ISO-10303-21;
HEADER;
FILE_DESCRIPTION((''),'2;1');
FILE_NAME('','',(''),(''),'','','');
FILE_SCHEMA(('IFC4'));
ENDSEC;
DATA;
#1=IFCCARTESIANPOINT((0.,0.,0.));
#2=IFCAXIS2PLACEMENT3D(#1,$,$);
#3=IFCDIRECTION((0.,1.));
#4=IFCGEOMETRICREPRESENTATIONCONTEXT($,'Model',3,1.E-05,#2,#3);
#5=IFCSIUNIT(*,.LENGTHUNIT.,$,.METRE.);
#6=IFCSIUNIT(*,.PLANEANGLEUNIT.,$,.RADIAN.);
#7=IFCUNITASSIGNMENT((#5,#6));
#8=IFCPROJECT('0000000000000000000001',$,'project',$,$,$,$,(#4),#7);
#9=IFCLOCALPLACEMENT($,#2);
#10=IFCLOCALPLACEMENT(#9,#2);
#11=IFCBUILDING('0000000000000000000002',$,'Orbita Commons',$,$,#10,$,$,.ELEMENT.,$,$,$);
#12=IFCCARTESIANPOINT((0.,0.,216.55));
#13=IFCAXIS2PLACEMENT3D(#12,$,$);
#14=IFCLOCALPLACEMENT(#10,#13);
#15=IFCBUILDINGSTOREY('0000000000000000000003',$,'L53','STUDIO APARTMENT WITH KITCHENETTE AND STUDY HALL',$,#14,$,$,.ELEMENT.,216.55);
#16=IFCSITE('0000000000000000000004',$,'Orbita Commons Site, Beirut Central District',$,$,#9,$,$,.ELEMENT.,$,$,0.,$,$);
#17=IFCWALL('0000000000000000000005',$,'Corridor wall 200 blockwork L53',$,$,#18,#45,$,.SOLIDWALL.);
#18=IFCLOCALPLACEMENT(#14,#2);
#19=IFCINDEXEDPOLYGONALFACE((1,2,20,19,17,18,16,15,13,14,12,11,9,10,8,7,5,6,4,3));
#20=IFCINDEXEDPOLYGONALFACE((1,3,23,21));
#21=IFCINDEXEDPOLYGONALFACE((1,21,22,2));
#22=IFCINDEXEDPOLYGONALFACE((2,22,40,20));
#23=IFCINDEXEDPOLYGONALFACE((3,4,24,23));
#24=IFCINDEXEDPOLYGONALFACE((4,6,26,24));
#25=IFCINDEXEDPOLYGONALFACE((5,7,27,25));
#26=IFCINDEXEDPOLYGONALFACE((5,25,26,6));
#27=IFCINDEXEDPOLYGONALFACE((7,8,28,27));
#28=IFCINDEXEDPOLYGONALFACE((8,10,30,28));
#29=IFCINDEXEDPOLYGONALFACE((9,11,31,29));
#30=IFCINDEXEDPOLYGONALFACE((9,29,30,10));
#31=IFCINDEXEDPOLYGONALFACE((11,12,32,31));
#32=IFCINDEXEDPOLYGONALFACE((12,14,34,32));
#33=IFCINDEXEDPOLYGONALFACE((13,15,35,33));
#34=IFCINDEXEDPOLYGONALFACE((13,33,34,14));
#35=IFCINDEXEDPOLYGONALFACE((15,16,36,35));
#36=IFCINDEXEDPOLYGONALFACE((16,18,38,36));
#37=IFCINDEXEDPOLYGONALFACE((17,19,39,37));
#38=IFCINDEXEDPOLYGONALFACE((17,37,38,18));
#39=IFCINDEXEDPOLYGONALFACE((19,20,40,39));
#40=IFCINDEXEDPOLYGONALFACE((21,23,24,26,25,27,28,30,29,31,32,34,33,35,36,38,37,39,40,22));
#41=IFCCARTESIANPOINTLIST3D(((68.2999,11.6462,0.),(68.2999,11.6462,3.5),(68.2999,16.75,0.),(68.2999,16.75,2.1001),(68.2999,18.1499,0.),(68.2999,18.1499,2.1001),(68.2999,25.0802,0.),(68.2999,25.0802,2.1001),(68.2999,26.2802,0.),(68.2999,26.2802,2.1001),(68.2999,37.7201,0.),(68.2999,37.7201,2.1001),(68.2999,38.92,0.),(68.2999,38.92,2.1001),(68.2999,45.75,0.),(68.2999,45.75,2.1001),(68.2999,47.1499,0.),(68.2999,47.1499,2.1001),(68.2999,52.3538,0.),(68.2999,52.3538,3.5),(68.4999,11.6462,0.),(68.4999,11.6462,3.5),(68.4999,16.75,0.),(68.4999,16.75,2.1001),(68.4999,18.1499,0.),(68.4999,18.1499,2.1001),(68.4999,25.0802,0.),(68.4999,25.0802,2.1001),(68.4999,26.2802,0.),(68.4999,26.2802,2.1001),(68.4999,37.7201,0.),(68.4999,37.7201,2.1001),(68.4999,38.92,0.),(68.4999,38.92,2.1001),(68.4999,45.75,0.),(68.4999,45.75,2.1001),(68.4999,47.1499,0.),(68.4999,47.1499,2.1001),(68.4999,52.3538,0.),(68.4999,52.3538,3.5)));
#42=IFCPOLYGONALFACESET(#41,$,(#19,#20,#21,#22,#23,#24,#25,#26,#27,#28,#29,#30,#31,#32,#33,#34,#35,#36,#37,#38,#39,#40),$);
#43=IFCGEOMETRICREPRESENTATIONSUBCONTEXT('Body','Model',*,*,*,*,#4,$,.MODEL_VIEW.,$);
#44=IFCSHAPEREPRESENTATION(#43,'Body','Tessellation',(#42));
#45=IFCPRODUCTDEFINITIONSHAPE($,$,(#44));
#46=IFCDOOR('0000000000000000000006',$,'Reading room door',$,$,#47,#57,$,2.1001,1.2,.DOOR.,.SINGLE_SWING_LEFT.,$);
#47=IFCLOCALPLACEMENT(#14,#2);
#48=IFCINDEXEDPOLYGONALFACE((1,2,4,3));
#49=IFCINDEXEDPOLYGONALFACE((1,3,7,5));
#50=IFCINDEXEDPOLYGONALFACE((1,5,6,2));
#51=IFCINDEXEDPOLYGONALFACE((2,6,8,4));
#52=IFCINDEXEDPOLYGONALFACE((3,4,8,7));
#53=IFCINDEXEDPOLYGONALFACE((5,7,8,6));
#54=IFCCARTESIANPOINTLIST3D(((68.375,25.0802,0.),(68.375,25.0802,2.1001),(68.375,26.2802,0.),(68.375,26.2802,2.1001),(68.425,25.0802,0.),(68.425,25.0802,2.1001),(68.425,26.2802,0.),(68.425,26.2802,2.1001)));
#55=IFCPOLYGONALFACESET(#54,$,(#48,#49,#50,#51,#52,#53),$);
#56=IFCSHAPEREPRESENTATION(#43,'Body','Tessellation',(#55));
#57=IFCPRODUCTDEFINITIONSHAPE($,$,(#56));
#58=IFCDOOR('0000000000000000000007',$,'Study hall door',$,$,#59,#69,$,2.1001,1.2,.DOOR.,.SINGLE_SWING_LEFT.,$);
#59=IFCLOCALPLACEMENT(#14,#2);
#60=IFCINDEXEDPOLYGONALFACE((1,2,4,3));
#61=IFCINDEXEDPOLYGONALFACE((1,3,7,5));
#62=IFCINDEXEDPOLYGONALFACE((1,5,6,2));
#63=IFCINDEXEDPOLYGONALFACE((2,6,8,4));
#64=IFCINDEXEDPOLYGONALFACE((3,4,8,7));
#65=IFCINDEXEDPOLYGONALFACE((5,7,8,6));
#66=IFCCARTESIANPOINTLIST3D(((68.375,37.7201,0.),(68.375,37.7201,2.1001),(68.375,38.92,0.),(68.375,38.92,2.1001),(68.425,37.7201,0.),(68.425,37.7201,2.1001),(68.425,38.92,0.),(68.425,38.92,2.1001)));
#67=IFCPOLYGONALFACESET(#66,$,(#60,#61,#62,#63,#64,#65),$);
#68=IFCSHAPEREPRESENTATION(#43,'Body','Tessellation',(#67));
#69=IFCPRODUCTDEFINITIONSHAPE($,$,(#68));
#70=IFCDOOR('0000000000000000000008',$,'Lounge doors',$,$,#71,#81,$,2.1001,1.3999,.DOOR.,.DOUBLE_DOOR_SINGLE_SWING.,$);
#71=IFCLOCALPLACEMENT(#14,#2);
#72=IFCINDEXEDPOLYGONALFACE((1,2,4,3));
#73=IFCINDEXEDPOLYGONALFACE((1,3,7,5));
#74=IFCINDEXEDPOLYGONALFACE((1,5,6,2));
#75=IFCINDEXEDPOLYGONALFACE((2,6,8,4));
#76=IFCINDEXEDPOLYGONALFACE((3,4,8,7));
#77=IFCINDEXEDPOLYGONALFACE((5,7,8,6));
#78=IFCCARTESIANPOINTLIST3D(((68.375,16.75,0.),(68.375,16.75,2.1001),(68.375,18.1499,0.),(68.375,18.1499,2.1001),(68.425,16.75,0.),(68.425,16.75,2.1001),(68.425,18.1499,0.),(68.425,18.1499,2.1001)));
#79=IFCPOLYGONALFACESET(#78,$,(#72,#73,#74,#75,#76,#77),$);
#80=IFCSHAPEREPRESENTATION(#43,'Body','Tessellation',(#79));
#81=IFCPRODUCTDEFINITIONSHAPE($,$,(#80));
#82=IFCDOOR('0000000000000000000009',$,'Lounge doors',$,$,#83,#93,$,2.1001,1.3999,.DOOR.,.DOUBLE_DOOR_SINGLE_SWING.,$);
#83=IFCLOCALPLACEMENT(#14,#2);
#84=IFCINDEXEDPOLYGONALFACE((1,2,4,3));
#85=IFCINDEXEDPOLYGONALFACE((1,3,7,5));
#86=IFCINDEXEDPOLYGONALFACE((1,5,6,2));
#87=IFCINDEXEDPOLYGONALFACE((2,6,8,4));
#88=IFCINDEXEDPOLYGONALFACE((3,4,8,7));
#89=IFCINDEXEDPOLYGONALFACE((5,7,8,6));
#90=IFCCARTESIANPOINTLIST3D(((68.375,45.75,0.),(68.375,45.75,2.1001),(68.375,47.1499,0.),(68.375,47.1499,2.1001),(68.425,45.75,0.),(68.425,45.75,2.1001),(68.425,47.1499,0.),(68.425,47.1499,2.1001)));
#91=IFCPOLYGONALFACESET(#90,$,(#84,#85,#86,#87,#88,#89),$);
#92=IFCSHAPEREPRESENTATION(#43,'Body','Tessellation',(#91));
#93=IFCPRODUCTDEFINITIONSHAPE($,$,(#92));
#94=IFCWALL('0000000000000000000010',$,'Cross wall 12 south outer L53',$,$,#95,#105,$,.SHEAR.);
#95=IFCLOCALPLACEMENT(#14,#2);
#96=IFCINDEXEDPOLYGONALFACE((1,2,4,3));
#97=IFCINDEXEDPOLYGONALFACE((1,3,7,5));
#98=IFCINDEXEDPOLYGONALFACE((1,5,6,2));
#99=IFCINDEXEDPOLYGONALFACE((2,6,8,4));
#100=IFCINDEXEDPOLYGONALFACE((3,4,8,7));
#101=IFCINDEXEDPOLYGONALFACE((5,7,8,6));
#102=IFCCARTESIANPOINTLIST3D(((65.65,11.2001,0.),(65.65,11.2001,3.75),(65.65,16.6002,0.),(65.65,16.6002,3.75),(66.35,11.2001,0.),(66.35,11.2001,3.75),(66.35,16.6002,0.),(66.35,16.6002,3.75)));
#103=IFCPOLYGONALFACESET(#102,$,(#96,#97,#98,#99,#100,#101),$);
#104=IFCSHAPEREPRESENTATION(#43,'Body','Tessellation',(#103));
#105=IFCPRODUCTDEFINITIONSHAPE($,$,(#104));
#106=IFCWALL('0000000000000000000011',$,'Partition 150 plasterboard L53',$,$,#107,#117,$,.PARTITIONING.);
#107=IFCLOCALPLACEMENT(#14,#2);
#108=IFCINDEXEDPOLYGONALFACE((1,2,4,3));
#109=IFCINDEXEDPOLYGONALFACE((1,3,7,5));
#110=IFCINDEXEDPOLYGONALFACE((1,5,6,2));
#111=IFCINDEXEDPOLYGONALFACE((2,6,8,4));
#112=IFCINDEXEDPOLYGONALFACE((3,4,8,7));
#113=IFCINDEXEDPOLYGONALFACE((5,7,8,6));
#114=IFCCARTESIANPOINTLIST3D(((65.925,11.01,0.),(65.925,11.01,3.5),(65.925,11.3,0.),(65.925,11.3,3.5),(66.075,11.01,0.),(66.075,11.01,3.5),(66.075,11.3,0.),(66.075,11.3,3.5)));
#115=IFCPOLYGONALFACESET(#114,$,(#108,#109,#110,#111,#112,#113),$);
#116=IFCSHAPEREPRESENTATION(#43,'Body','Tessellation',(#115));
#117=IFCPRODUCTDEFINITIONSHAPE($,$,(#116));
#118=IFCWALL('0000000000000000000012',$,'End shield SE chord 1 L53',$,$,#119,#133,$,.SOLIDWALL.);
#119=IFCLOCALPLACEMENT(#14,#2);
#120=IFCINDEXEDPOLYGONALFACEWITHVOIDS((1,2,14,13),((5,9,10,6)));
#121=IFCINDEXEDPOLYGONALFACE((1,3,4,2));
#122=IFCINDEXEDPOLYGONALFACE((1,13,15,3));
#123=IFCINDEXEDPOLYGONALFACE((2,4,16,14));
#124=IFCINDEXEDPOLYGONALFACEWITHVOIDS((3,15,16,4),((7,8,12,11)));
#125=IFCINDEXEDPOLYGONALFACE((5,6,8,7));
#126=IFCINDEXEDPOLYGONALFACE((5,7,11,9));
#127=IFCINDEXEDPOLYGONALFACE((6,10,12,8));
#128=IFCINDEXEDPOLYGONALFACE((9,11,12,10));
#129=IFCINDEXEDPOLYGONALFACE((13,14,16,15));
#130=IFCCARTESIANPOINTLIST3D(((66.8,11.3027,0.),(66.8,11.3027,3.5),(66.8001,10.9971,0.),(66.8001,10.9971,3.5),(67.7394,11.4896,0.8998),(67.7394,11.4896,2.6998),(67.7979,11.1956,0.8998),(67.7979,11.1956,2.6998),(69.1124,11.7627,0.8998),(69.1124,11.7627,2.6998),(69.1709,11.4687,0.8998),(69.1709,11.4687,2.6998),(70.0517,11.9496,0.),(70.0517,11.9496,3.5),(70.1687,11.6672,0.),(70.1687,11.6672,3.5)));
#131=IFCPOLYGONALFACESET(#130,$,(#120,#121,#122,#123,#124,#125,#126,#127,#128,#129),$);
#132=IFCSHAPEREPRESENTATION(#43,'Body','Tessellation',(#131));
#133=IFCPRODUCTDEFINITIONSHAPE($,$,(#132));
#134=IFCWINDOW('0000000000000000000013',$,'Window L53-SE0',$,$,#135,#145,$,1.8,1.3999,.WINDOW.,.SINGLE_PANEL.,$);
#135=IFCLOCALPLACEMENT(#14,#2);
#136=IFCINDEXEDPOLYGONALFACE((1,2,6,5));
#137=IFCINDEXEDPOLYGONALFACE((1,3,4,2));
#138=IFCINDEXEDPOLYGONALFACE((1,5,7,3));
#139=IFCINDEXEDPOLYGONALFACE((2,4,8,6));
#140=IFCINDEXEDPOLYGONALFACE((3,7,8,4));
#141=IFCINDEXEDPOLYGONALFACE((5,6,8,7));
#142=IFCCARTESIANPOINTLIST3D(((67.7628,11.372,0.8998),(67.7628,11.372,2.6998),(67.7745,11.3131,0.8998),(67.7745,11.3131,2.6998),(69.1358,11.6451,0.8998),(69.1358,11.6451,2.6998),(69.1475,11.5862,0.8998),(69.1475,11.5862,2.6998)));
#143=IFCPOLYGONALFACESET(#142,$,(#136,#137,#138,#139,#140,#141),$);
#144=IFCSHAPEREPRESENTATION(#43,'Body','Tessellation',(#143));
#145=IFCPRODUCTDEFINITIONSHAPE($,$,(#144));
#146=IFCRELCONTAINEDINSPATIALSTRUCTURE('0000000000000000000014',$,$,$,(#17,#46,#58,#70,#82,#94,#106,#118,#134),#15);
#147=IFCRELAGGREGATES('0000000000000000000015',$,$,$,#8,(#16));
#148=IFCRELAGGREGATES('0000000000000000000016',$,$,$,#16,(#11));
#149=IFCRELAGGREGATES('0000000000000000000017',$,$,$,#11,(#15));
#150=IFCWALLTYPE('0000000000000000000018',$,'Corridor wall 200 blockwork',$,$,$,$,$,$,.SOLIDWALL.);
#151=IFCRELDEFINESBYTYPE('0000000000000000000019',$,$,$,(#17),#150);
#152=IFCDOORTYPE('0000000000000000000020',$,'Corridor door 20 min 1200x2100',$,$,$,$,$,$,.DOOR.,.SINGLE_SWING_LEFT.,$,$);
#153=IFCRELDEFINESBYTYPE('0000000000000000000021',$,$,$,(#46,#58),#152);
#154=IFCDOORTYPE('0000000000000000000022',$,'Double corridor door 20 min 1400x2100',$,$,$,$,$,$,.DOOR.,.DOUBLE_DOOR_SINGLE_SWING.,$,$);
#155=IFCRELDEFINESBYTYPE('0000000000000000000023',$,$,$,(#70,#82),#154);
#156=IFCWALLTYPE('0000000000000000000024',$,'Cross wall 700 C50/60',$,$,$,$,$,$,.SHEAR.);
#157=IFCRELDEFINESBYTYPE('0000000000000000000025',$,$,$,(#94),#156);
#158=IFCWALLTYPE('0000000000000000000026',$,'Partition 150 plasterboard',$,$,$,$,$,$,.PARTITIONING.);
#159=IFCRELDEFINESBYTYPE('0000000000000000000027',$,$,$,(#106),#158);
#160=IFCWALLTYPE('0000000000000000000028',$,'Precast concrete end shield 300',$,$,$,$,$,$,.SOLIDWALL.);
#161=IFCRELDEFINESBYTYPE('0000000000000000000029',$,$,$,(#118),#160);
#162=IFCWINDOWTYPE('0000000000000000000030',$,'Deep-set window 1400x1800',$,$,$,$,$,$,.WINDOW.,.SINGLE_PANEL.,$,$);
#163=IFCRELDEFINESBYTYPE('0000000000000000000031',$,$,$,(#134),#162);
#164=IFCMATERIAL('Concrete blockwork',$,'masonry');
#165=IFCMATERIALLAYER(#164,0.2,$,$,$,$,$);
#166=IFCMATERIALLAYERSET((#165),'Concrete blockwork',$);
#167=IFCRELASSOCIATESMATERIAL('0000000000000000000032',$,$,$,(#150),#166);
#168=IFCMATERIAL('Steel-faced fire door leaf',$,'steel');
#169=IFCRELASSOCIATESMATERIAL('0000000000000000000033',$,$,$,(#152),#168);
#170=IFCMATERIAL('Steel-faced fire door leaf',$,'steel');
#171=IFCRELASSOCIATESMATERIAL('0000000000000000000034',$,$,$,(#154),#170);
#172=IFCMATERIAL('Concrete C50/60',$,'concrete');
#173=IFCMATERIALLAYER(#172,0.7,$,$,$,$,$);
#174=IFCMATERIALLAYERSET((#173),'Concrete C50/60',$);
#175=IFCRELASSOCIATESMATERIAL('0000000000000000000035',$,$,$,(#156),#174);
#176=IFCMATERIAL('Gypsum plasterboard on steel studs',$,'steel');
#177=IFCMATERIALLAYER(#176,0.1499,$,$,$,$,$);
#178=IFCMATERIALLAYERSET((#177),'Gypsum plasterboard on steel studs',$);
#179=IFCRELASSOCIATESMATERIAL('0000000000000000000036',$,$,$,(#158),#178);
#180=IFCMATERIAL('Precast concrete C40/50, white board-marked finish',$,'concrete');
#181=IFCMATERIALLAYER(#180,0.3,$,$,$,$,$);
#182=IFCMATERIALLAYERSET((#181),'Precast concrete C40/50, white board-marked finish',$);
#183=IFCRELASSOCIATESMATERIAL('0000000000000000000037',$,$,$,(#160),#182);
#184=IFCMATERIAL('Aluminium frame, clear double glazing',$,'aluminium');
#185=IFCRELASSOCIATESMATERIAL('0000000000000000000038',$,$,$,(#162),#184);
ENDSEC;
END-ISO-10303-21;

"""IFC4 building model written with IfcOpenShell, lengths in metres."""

from ifc_helpers import new_model, si_unit, direction, frame, frame_2d, origin, place, context, subcontext, project, spatial, polyline, rectangle, outline, extrude, material, layer, layer_set, type_object, element, fill, save


model = new_model("IFC4")

# Units and contexts
model_context = context("Model", 3, precision=1e-05, world=origin(), true_north=direction((0.0, 1.0)))
body_context = subcontext(model_context, "Body", "Model", "MODEL_VIEW")
ifc_project = project(units=[si_unit("LENGTHUNIT", "METRE"), si_unit("PLANEANGLEUNIT", "RADIAN")], contexts=[model_context])

# Site, building, storey
site_placement = place(None, origin())
site = spatial("IfcSite", under=ifc_project, at=site_placement, Name="Orbita Commons Site, Beirut Central District", CompositionType="ELEMENT", RefElevation=0.0)
building_placement = place(site_placement, origin())
building = spatial("IfcBuilding", under=site, at=building_placement, Name="Orbita Commons", CompositionType="ELEMENT")
storey_placement = place(building_placement, frame((0.0, 0.0, 216.55)))
storey = spatial("IfcBuildingStorey", under=building, at=storey_placement, Name="L53", Description="STUDIO APARTMENT WITH KITCHENETTE AND STUDY HALL", CompositionType="ELEMENT", Elevation=216.55)

# Wall, openings, doors
ifc_material_1 = material(Name="Concrete blockwork", Category="masonry")
ifc_layer_1 = layer(ifc_material_1, 0.2)
ifc_layer_set_1 = layer_set([ifc_layer_1], Name="Concrete blockwork")
wall_type_1 = type_object("IfcWallType", Name="Corridor wall 200 blockwork", PredefinedType="SOLIDWALL", material=ifc_layer_set_1)
wall_1_placement = place(storey_placement, frame((68.3999, 11.6462, 0.0), z_axis=(0.0, 0.0, 1.0), x_axis=(0.0, 1.0, 0.0)))
wall_1 = element("IfcWall", 1, at=wall_1_placement, inside=storey, type_object=wall_type_1, Name="Corridor wall 200 blockwork L53", PredefinedType="SOLIDWALL", context=body_context, shape_type="SweptSolid", body=[
    extrude(rectangle(XDim=40.7075, YDim=0.2, at=frame_2d((20.3538, 0.0))), origin(), (0.0, 0.0, 1.0), 3.5),
])
opening_1_placement = place(wall_1_placement, frame((13.4338, 0.0, 0.0)))
opening_1 = element("IfcOpeningElement", 2, at=opening_1_placement, cuts=wall_1, PredefinedType="OPENING", context=body_context, shape_type="SweptSolid", body=[
    extrude(rectangle(XDim=1.2, YDim=2.1001, at=frame_2d((0.6001, 1.05))), frame((0.0, 0.1099, 0.0), z_axis=(0.0, -1.0, 0.0), x_axis=(1.0, 0.0, 0.0)), (0.0, 0.0, 1.0), 0.22),
])
opening_2_placement = place(wall_1_placement, frame((26.0737, 0.0, 0.0)))
opening_2 = element("IfcOpeningElement", 3, at=opening_2_placement, cuts=wall_1, PredefinedType="OPENING", context=body_context, shape_type="SweptSolid", body=[
    extrude(rectangle(XDim=1.2, YDim=2.1001, at=frame_2d((0.6001, 1.05))), frame((0.0, 0.1099, 0.0), z_axis=(0.0, -1.0, 0.0), x_axis=(1.0, 0.0, 0.0)), (0.0, 0.0, 1.0), 0.22),
])
opening_3_placement = place(wall_1_placement, frame((5.1038, 0.0, 0.0)))
opening_3 = element("IfcOpeningElement", 4, at=opening_3_placement, cuts=wall_1, PredefinedType="OPENING", context=body_context, shape_type="SweptSolid", body=[
    extrude(rectangle(XDim=1.3999, YDim=2.1001, at=frame_2d((0.7, 1.05))), frame((0.0, 0.1099, 0.0), z_axis=(0.0, -1.0, 0.0), x_axis=(1.0, 0.0, 0.0)), (0.0, 0.0, 1.0), 0.22),
])
opening_4_placement = place(wall_1_placement, frame((34.1038, 0.0, 0.0)))
opening_4 = element("IfcOpeningElement", 5, at=opening_4_placement, cuts=wall_1, PredefinedType="OPENING", context=body_context, shape_type="SweptSolid", body=[
    extrude(rectangle(XDim=1.3999, YDim=2.1001, at=frame_2d((0.7, 1.05))), frame((0.0, 0.1099, 0.0), z_axis=(0.0, -1.0, 0.0), x_axis=(1.0, 0.0, 0.0)), (0.0, 0.0, 1.0), 0.22),
])
ifc_material_2 = material(Name="Steel-faced fire door leaf", Category="steel")
door_type_1 = type_object("IfcDoorType", Name="Corridor door 20 min 1200x2100", OperationType="SINGLE_SWING_LEFT", PredefinedType="DOOR", material=ifc_material_2)
door_1_placement = place(opening_1_placement, origin())
door_1 = element("IfcDoor", 6, at=door_1_placement, inside=storey, type_object=door_type_1, Name="Reading room door", OperationType="SINGLE_SWING_LEFT", OverallHeight=2.1001, OverallWidth=1.2, PredefinedType="DOOR", context=body_context, shape_type="SweptSolid", body=[
    extrude(rectangle(XDim=1.2, YDim=2.1001, at=frame_2d((0.6001, 1.05))), frame((0.0, 0.0249, 0.0), z_axis=(0.0, -1.0, 0.0), x_axis=(1.0, 0.0, 0.0)), (0.0, 0.0, 1.0), 0.05),
])
fill(opening_1, door_1)
door_2_placement = place(opening_2_placement, origin())
door_2 = element("IfcDoor", 7, at=door_2_placement, inside=storey, type_object=door_type_1, Name="Study hall door", OperationType="SINGLE_SWING_LEFT", OverallHeight=2.1001, OverallWidth=1.2, PredefinedType="DOOR", context=body_context, shape_type="SweptSolid", body=[
    extrude(rectangle(XDim=1.2, YDim=2.1001, at=frame_2d((0.6001, 1.05))), frame((0.0, 0.0249, 0.0), z_axis=(0.0, -1.0, 0.0), x_axis=(1.0, 0.0, 0.0)), (0.0, 0.0, 1.0), 0.05),
])
fill(opening_2, door_2)
ifc_material_3 = material(Name="Steel-faced fire door leaf", Category="steel")
door_type_2 = type_object("IfcDoorType", Name="Double corridor door 20 min 1400x2100", OperationType="DOUBLE_DOOR_SINGLE_SWING", PredefinedType="DOOR", material=ifc_material_3)
door_3_placement = place(opening_3_placement, origin())
door_3 = element("IfcDoor", 8, at=door_3_placement, inside=storey, type_object=door_type_2, Name="Lounge doors", OperationType="DOUBLE_DOOR_SINGLE_SWING", OverallHeight=2.1001, OverallWidth=1.3999, PredefinedType="DOOR", context=body_context, shape_type="SweptSolid", body=[
    extrude(rectangle(XDim=1.3999, YDim=2.1001, at=frame_2d((0.7, 1.05))), frame((0.0, 0.0249, 0.0), z_axis=(0.0, -1.0, 0.0), x_axis=(1.0, 0.0, 0.0)), (0.0, 0.0, 1.0), 0.05),
])
fill(opening_3, door_3)
door_4_placement = place(opening_4_placement, origin())
door_4 = element("IfcDoor", 9, at=door_4_placement, inside=storey, type_object=door_type_2, Name="Lounge doors", OperationType="DOUBLE_DOOR_SINGLE_SWING", OverallHeight=2.1001, OverallWidth=1.3999, PredefinedType="DOOR", context=body_context, shape_type="SweptSolid", body=[
    extrude(rectangle(XDim=1.3999, YDim=2.1001, at=frame_2d((0.7, 1.05))), frame((0.0, 0.0249, 0.0), z_axis=(0.0, -1.0, 0.0), x_axis=(1.0, 0.0, 0.0)), (0.0, 0.0, 1.0), 0.05),
])
fill(opening_4, door_4)

# Walls
ifc_material_4 = material(Name="Concrete C50/60", Category="concrete")
ifc_layer_2 = layer(ifc_material_4, 0.7)
ifc_layer_set_2 = layer_set([ifc_layer_2], Name="Concrete C50/60")
wall_type_2 = type_object("IfcWallType", Name="Cross wall 700 C50/60", PredefinedType="SHEAR", material=ifc_layer_set_2)
wall_2_placement = place(storey_placement, frame((66.0, 11.2, 0.0), z_axis=(0.0, 0.0, 1.0), x_axis=(0.0, 1.0, 0.0)))
element("IfcWall", 10, at=wall_2_placement, inside=storey, type_object=wall_type_2, Name="Cross wall 12 south outer L53", PredefinedType="SHEAR", context=body_context, shape_type="SweptSolid", body=[
    extrude(rectangle(XDim=5.4001, YDim=0.7, at=frame_2d((2.7002, 0.0))), origin(), (0.0, 0.0, 1.0), 3.75),
])
ifc_material_5 = material(Name="Gypsum plasterboard on steel studs", Category="steel")
ifc_layer_3 = layer(ifc_material_5, 0.1499)
ifc_layer_set_3 = layer_set([ifc_layer_3], Name="Gypsum plasterboard on steel studs")
wall_type_3 = type_object("IfcWallType", Name="Partition 150 plasterboard", PredefinedType="PARTITIONING", material=ifc_layer_set_3)
wall_3_placement = place(storey_placement, frame((66.0, 11.3, 0.0), z_axis=(0.0, 0.0, 1.0), x_axis=(0.0, -1.0, 0.0)))
element("IfcWall", 11, at=wall_3_placement, inside=storey, type_object=wall_type_3, Name="Partition 150 plasterboard L53", PredefinedType="PARTITIONING", context=body_context, shape_type="SweptSolid", body=[
    extrude(rectangle(XDim=0.29, YDim=0.1499, at=frame_2d((0.145, 0.0))), origin(), (0.0, 0.0, 1.0), 3.5),
])

# Wall, opening, window
ifc_material_6 = material(Name="Precast concrete C40/50, white board-marked finish", Category="concrete")
ifc_layer_4 = layer(ifc_material_6, 0.3)
ifc_layer_set_4 = layer_set([ifc_layer_4], Name="Precast concrete C40/50, white board-marked finish")
wall_type_4 = type_object("IfcWallType", Name="Precast concrete end shield 300", PredefinedType="SOLIDWALL", material=ifc_layer_set_4)
wall_4_placement = place(storey_placement, frame((66.8, 11.1499, 0.0), z_axis=(0.0, 0.0, 1.0), x_axis=(0.980783, 0.1951, 0.0)))
wall_4 = element("IfcWall", 12, at=wall_4_placement, inside=storey, type_object=wall_type_4, Name="End shield SE chord 1 L53", PredefinedType="SOLIDWALL", context=body_context, shape_type="SweptSolid", body=[
    extrude(outline(polyline([(-0.0298, -0.1499), (3.4048, -0.1499), (3.3452, 0.1499), (0.0298, 0.1499), (-0.0298, -0.1499)])), origin(), (0.0, 0.0, 1.0), 3.5),
])
opening_5_placement = place(wall_4_placement, frame((0.9875, 0.0, 0.8999)))
opening_5 = element("IfcOpeningElement", 13, at=opening_5_placement, cuts=wall_4, PredefinedType="OPENING", context=body_context, shape_type="SweptSolid", body=[
    extrude(rectangle(XDim=1.3999, YDim=1.8, at=frame_2d((0.7, 0.8999))), frame((0.0, 0.1599, 0.0), z_axis=(0.0, -1.0, 0.0), x_axis=(1.0, 0.0, 0.0)), (0.0, 0.0, 1.0), 0.3201),
])
ifc_material_7 = material(Name="Aluminium frame, clear double glazing", Category="aluminium")
window_type = type_object("IfcWindowType", Name="Deep-set window 1400x1800", PartitioningType="SINGLE_PANEL", PredefinedType="WINDOW", material=ifc_material_7)
window_1_placement = place(opening_5_placement, origin())
window_1 = element("IfcWindow", 14, at=window_1_placement, inside=storey, type_object=window_type, Name="Window L53-SE0", OverallHeight=1.8, OverallWidth=1.3999, PartitioningType="SINGLE_PANEL", PredefinedType="WINDOW", context=body_context, shape_type="SweptSolid", body=[
    extrude(rectangle(XDim=1.3999, YDim=1.8, at=frame_2d((0.7, 0.8999))), frame((0.0, 0.03, 0.0), z_axis=(0.0, -1.0, 0.0), x_axis=(1.0, 0.0, 0.0)), (0.0, 0.0, 1.0), 0.0601),
])
fill(opening_5, window_1)

save(model, "model.ifc")
